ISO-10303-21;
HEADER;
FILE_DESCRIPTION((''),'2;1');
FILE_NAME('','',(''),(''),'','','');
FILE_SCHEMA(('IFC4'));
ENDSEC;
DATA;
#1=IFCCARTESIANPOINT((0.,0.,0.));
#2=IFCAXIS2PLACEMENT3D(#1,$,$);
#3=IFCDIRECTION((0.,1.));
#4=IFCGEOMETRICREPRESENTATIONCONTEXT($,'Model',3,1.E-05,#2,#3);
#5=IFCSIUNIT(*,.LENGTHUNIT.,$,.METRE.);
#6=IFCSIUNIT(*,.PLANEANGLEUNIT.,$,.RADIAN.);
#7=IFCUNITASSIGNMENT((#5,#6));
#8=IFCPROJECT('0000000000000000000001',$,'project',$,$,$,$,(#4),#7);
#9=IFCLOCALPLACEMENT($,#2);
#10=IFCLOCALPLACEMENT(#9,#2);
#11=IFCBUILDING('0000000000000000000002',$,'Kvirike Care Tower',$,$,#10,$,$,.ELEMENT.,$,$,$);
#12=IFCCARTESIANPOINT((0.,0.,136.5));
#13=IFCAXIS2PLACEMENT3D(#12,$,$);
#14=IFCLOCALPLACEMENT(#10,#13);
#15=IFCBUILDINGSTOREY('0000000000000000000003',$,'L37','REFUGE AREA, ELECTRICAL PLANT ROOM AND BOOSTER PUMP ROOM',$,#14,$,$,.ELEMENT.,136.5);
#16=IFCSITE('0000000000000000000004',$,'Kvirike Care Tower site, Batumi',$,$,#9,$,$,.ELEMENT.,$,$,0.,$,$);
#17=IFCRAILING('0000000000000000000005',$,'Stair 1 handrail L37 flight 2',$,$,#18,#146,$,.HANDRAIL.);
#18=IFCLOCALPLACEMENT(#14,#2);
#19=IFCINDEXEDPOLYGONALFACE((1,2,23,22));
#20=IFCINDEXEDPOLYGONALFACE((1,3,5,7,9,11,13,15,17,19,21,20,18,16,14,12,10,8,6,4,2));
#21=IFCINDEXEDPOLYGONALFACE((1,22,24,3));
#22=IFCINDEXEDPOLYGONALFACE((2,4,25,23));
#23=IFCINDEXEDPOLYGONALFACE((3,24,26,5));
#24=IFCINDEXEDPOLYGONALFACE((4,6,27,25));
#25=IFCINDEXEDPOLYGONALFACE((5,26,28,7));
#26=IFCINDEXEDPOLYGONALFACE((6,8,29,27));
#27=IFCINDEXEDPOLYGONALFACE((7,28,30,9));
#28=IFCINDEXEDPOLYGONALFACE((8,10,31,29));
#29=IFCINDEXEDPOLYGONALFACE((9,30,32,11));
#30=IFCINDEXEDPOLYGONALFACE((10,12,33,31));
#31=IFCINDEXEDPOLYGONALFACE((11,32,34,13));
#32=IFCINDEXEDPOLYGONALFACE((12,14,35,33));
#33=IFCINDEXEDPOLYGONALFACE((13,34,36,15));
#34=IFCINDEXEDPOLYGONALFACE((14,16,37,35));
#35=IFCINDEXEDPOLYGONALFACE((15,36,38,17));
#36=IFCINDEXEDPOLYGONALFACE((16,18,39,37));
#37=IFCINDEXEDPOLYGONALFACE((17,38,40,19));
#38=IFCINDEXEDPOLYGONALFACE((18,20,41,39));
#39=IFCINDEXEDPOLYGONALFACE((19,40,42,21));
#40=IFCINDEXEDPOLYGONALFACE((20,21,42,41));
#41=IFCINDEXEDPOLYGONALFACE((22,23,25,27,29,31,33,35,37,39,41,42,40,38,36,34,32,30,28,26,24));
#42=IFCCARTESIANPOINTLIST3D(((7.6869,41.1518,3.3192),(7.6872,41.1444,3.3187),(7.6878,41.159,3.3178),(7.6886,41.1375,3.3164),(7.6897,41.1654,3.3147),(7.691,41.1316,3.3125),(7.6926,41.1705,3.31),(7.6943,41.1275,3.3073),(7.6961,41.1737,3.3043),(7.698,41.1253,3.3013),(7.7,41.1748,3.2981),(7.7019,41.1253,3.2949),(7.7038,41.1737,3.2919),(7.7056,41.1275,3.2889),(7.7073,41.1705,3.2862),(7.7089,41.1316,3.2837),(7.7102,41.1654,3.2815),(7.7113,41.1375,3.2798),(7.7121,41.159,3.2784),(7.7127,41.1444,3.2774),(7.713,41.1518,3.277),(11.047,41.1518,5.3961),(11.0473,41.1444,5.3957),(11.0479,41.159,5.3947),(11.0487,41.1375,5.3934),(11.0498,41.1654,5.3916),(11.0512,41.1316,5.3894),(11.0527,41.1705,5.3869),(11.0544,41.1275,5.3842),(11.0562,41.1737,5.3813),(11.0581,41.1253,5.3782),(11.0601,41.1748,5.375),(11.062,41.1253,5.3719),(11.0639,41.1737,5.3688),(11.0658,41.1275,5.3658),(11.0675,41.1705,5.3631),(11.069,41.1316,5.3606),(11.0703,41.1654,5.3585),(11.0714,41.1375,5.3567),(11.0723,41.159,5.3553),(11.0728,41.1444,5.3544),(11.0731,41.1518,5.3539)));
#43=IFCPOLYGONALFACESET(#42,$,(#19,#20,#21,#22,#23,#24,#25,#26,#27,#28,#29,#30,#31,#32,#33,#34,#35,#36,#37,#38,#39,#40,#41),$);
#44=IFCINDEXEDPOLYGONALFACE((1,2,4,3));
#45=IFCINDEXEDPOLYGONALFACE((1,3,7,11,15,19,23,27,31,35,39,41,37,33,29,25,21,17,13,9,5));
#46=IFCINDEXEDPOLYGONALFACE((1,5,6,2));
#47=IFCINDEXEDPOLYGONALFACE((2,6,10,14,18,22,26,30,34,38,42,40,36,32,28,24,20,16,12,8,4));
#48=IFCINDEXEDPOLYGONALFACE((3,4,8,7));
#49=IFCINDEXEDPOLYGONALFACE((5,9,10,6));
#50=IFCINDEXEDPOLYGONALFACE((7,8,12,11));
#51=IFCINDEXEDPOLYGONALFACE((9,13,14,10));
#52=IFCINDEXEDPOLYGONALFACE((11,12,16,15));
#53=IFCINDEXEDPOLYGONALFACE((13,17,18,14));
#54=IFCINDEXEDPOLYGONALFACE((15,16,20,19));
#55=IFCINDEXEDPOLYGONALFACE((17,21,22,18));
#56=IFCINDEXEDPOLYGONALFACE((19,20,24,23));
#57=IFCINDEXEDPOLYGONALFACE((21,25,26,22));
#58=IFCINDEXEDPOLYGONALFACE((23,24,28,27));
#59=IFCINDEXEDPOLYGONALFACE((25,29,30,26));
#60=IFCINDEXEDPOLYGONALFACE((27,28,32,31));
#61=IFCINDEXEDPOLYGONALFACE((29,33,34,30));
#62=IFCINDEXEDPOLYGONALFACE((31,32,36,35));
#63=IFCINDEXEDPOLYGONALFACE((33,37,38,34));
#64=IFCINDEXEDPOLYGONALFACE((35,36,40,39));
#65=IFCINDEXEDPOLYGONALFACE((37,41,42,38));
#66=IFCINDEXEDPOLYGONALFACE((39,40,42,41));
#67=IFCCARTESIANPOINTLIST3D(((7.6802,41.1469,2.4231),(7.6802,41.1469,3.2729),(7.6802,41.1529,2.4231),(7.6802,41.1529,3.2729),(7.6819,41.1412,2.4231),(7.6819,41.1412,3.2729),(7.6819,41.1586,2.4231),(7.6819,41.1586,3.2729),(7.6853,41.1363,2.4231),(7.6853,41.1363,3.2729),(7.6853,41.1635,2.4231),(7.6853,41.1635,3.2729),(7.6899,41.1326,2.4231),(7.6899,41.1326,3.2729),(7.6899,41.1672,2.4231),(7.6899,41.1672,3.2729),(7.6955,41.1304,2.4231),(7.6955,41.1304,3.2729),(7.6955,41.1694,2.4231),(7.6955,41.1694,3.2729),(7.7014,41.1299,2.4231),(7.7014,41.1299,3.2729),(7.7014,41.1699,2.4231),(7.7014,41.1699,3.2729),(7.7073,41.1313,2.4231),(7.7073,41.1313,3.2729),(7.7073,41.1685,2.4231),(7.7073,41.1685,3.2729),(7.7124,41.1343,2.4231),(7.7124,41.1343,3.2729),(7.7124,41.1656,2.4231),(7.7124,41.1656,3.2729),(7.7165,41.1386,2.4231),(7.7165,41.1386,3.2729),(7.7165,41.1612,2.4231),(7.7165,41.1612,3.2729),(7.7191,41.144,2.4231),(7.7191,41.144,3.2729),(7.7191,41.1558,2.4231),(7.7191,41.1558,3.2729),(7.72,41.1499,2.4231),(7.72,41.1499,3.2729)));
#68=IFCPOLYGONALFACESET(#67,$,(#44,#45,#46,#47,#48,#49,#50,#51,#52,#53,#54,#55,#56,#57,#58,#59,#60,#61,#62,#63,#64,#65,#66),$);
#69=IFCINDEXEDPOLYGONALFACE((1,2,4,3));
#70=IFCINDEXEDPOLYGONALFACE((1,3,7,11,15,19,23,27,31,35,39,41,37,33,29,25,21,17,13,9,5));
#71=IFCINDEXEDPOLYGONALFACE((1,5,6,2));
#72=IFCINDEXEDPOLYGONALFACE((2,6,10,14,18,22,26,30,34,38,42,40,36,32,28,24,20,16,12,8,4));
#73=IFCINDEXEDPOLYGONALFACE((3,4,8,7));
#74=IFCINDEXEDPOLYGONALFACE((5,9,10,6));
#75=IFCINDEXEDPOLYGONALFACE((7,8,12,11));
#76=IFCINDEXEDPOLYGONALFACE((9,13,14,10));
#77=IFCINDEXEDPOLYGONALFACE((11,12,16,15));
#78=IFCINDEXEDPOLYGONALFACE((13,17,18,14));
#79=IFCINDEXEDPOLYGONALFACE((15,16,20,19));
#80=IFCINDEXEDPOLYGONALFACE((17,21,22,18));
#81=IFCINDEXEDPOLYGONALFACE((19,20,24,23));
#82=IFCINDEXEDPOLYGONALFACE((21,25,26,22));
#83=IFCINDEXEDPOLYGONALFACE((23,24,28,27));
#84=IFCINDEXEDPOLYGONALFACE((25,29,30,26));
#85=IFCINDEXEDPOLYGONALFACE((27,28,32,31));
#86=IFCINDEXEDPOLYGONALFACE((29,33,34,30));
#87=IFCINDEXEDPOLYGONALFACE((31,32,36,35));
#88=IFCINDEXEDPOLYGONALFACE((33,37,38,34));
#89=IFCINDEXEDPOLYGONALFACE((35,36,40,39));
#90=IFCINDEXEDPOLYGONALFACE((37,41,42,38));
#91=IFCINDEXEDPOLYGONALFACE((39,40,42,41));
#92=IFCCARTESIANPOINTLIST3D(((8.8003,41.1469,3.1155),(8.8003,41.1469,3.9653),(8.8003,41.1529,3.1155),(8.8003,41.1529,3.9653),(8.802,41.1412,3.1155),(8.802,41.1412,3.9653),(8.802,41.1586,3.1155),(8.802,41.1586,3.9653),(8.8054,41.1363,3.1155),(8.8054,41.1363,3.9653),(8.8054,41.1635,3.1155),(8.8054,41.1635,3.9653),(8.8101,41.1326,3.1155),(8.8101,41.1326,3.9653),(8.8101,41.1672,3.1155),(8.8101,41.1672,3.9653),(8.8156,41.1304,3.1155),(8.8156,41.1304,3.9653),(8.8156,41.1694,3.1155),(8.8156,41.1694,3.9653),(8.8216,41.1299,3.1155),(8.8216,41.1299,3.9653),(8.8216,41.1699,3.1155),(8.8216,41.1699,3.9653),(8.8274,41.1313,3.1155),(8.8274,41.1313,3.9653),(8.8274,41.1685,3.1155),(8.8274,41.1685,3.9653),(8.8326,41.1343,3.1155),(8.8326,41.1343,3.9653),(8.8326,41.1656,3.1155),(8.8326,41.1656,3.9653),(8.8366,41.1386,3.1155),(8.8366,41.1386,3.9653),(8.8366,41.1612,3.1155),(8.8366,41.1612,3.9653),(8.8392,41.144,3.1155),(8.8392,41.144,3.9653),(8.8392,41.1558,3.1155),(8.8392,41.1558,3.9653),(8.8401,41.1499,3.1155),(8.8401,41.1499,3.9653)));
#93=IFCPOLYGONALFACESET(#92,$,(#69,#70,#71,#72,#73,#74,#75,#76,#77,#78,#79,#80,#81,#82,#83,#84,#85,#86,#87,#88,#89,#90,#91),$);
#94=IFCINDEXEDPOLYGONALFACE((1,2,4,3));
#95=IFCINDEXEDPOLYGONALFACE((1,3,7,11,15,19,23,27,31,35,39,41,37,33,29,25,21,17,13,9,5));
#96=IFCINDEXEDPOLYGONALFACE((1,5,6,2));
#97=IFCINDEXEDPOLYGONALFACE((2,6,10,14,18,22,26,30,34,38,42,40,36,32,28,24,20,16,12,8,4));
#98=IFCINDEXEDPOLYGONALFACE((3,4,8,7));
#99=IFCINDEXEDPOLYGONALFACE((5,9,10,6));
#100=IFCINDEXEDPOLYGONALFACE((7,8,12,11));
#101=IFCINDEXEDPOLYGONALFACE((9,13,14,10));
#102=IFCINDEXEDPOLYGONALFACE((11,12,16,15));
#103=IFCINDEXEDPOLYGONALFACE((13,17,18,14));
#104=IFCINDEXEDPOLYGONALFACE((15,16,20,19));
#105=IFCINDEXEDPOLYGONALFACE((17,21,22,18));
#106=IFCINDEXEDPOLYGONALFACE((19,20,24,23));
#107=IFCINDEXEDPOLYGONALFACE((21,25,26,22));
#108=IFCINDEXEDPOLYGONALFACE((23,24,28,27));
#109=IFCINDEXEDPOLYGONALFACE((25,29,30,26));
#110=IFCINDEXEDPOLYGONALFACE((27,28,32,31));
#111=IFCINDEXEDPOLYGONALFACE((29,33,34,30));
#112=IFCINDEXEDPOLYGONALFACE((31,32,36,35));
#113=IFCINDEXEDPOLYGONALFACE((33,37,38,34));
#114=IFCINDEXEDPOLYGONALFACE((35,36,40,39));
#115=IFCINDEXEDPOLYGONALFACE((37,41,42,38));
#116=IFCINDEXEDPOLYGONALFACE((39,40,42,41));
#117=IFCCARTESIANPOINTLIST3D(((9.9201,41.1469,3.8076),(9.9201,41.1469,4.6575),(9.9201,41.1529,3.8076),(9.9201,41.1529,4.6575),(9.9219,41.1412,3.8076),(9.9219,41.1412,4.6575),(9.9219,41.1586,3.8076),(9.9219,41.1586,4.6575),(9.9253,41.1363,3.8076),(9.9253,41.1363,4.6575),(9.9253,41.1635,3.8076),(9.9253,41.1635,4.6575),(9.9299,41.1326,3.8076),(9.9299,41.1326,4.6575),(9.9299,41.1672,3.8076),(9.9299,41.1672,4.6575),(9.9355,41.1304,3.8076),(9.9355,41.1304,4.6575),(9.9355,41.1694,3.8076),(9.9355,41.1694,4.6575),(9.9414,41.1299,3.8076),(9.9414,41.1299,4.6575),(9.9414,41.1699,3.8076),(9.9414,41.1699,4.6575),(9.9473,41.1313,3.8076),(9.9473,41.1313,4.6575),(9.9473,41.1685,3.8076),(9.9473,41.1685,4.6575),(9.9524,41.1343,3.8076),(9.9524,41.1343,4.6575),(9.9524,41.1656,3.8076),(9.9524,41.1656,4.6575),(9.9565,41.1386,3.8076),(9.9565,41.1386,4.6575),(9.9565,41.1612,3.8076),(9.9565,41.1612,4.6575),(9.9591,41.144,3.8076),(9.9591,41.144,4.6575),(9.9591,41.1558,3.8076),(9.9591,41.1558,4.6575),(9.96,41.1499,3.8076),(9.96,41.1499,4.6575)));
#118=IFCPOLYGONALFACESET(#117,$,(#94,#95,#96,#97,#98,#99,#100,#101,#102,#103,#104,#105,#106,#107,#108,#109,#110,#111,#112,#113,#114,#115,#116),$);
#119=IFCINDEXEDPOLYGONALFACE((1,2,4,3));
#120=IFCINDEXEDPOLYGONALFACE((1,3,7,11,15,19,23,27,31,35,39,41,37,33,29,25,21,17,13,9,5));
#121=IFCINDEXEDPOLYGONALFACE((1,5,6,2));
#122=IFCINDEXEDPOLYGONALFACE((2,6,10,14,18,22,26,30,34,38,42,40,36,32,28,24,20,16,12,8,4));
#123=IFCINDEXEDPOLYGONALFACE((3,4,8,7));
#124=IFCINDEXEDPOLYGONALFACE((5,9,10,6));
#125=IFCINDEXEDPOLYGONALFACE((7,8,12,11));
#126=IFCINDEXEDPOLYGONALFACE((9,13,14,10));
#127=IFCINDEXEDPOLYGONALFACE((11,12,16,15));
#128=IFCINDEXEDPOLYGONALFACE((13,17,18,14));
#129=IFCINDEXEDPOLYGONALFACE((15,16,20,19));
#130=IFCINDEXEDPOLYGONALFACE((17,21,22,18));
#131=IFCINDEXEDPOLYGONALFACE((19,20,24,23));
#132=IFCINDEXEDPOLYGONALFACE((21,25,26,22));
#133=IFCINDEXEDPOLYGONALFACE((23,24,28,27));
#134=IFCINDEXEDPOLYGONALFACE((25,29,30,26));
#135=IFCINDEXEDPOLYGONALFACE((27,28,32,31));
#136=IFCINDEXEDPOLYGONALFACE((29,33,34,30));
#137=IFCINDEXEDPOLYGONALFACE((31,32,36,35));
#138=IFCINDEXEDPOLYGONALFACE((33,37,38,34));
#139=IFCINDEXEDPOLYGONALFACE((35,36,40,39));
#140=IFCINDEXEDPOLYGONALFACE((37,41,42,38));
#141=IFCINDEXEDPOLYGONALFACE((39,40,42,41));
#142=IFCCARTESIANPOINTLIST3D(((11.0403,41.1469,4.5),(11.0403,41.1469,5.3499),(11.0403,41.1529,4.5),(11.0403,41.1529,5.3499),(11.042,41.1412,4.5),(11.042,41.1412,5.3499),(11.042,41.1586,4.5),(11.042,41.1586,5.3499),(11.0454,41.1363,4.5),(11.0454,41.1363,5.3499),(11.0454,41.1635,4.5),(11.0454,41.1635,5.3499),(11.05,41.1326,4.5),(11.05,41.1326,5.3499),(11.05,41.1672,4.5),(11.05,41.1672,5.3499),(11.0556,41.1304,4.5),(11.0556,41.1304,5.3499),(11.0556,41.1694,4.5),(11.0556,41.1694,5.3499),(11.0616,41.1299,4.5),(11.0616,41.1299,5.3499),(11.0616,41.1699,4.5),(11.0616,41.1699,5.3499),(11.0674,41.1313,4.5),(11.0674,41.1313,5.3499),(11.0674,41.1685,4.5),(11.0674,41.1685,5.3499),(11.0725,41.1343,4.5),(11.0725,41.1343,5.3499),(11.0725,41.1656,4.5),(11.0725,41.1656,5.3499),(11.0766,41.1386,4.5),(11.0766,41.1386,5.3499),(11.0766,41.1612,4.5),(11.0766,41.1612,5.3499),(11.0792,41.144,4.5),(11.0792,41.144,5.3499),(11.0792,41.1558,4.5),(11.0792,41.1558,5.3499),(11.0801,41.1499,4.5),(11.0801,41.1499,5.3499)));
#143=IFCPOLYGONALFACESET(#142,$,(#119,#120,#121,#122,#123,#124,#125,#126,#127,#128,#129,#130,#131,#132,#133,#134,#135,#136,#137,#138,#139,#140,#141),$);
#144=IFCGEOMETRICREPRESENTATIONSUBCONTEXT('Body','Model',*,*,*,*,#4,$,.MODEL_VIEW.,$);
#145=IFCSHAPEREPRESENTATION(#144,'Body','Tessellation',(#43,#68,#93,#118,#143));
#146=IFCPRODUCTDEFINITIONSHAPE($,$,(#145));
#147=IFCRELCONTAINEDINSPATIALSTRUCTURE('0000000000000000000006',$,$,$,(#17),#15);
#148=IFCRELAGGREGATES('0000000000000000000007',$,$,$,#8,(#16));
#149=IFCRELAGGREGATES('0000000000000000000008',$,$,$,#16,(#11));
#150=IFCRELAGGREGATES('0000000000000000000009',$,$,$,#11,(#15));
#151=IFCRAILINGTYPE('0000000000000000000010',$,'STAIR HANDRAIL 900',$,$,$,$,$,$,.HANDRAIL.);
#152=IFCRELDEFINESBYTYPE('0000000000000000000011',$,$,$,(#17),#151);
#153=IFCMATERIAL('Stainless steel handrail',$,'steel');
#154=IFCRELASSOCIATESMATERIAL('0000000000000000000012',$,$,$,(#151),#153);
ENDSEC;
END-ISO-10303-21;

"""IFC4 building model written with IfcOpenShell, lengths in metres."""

from ifc_helpers import new_model, si_unit, direction, frame, origin, origin_2d, place, context, subcontext, project, spatial, circle, extrude, material, type_object, element, save


model = new_model("IFC4")

# Units and contexts
model_context = context("Model", 3, precision=1e-05, world=origin(), true_north=direction((0.0, 1.0)))
body_context = subcontext(model_context, "Body", "Model", "MODEL_VIEW")
ifc_project = project(units=[si_unit("LENGTHUNIT", "METRE"), si_unit("PLANEANGLEUNIT", "RADIAN")], contexts=[model_context])

# Site, building, storey
site_placement = place(None, origin())
site = spatial("IfcSite", under=ifc_project, at=site_placement, Name="Kvirike Care Tower site, Batumi", CompositionType="ELEMENT", RefElevation=0.0)
building_placement = place(site_placement, origin())
building = spatial("IfcBuilding", under=site, at=building_placement, Name="Kvirike Care Tower", CompositionType="ELEMENT")
storey_placement = place(building_placement, frame((0.0, 0.0, 136.5)))
storey = spatial("IfcBuildingStorey", under=building, at=storey_placement, Name="L37", Description="REFUGE AREA, ELECTRICAL PLANT ROOM AND BOOSTER PUMP ROOM", CompositionType="ELEMENT", Elevation=136.5)

# Railing
ifc_material_1 = material(Name="Stainless steel handrail", Category="steel")
railing_type = type_object("IfcRailingType", Name="STAIR HANDRAIL 900", PredefinedType="HANDRAIL", material=ifc_material_1)
railing_1_placement = place(storey_placement, frame((7.7, 41.1499, 2.4231)))
element("IfcRailing", 1, at=railing_1_placement, inside=storey, type_object=railing_type, Name="Stair 1 handrail L37 flight 2", PredefinedType="HANDRAIL", context=body_context, shape_type="SweptSolid", body=[
    extrude(circle(Radius=0.0249, at=origin_2d()), frame((0.0, 0.0, 0.875), z_axis=(0.850623, 0.0, 0.525776), x_axis=(0.0, 1.0, 0.0)), (0.0, 0.0, 1.0), 3.9502),
    extrude(circle(Radius=0.02, at=origin_2d()), origin(), (0.0, 0.0, 1.0), 0.8499),
    extrude(circle(Radius=0.02, at=origin_2d()), frame((1.1201, 0.0, 0.6924)), (0.0, 0.0, 1.0), 0.8499),
    extrude(circle(Radius=0.02, at=origin_2d()), frame((2.24, 0.0, 1.3845)), (0.0, 0.0, 1.0), 0.8499),
    extrude(circle(Radius=0.02, at=origin_2d()), frame((3.3601, 0.0, 2.0769)), (0.0, 0.0, 1.0), 0.8499),
])

save(model, "model.ifc")
